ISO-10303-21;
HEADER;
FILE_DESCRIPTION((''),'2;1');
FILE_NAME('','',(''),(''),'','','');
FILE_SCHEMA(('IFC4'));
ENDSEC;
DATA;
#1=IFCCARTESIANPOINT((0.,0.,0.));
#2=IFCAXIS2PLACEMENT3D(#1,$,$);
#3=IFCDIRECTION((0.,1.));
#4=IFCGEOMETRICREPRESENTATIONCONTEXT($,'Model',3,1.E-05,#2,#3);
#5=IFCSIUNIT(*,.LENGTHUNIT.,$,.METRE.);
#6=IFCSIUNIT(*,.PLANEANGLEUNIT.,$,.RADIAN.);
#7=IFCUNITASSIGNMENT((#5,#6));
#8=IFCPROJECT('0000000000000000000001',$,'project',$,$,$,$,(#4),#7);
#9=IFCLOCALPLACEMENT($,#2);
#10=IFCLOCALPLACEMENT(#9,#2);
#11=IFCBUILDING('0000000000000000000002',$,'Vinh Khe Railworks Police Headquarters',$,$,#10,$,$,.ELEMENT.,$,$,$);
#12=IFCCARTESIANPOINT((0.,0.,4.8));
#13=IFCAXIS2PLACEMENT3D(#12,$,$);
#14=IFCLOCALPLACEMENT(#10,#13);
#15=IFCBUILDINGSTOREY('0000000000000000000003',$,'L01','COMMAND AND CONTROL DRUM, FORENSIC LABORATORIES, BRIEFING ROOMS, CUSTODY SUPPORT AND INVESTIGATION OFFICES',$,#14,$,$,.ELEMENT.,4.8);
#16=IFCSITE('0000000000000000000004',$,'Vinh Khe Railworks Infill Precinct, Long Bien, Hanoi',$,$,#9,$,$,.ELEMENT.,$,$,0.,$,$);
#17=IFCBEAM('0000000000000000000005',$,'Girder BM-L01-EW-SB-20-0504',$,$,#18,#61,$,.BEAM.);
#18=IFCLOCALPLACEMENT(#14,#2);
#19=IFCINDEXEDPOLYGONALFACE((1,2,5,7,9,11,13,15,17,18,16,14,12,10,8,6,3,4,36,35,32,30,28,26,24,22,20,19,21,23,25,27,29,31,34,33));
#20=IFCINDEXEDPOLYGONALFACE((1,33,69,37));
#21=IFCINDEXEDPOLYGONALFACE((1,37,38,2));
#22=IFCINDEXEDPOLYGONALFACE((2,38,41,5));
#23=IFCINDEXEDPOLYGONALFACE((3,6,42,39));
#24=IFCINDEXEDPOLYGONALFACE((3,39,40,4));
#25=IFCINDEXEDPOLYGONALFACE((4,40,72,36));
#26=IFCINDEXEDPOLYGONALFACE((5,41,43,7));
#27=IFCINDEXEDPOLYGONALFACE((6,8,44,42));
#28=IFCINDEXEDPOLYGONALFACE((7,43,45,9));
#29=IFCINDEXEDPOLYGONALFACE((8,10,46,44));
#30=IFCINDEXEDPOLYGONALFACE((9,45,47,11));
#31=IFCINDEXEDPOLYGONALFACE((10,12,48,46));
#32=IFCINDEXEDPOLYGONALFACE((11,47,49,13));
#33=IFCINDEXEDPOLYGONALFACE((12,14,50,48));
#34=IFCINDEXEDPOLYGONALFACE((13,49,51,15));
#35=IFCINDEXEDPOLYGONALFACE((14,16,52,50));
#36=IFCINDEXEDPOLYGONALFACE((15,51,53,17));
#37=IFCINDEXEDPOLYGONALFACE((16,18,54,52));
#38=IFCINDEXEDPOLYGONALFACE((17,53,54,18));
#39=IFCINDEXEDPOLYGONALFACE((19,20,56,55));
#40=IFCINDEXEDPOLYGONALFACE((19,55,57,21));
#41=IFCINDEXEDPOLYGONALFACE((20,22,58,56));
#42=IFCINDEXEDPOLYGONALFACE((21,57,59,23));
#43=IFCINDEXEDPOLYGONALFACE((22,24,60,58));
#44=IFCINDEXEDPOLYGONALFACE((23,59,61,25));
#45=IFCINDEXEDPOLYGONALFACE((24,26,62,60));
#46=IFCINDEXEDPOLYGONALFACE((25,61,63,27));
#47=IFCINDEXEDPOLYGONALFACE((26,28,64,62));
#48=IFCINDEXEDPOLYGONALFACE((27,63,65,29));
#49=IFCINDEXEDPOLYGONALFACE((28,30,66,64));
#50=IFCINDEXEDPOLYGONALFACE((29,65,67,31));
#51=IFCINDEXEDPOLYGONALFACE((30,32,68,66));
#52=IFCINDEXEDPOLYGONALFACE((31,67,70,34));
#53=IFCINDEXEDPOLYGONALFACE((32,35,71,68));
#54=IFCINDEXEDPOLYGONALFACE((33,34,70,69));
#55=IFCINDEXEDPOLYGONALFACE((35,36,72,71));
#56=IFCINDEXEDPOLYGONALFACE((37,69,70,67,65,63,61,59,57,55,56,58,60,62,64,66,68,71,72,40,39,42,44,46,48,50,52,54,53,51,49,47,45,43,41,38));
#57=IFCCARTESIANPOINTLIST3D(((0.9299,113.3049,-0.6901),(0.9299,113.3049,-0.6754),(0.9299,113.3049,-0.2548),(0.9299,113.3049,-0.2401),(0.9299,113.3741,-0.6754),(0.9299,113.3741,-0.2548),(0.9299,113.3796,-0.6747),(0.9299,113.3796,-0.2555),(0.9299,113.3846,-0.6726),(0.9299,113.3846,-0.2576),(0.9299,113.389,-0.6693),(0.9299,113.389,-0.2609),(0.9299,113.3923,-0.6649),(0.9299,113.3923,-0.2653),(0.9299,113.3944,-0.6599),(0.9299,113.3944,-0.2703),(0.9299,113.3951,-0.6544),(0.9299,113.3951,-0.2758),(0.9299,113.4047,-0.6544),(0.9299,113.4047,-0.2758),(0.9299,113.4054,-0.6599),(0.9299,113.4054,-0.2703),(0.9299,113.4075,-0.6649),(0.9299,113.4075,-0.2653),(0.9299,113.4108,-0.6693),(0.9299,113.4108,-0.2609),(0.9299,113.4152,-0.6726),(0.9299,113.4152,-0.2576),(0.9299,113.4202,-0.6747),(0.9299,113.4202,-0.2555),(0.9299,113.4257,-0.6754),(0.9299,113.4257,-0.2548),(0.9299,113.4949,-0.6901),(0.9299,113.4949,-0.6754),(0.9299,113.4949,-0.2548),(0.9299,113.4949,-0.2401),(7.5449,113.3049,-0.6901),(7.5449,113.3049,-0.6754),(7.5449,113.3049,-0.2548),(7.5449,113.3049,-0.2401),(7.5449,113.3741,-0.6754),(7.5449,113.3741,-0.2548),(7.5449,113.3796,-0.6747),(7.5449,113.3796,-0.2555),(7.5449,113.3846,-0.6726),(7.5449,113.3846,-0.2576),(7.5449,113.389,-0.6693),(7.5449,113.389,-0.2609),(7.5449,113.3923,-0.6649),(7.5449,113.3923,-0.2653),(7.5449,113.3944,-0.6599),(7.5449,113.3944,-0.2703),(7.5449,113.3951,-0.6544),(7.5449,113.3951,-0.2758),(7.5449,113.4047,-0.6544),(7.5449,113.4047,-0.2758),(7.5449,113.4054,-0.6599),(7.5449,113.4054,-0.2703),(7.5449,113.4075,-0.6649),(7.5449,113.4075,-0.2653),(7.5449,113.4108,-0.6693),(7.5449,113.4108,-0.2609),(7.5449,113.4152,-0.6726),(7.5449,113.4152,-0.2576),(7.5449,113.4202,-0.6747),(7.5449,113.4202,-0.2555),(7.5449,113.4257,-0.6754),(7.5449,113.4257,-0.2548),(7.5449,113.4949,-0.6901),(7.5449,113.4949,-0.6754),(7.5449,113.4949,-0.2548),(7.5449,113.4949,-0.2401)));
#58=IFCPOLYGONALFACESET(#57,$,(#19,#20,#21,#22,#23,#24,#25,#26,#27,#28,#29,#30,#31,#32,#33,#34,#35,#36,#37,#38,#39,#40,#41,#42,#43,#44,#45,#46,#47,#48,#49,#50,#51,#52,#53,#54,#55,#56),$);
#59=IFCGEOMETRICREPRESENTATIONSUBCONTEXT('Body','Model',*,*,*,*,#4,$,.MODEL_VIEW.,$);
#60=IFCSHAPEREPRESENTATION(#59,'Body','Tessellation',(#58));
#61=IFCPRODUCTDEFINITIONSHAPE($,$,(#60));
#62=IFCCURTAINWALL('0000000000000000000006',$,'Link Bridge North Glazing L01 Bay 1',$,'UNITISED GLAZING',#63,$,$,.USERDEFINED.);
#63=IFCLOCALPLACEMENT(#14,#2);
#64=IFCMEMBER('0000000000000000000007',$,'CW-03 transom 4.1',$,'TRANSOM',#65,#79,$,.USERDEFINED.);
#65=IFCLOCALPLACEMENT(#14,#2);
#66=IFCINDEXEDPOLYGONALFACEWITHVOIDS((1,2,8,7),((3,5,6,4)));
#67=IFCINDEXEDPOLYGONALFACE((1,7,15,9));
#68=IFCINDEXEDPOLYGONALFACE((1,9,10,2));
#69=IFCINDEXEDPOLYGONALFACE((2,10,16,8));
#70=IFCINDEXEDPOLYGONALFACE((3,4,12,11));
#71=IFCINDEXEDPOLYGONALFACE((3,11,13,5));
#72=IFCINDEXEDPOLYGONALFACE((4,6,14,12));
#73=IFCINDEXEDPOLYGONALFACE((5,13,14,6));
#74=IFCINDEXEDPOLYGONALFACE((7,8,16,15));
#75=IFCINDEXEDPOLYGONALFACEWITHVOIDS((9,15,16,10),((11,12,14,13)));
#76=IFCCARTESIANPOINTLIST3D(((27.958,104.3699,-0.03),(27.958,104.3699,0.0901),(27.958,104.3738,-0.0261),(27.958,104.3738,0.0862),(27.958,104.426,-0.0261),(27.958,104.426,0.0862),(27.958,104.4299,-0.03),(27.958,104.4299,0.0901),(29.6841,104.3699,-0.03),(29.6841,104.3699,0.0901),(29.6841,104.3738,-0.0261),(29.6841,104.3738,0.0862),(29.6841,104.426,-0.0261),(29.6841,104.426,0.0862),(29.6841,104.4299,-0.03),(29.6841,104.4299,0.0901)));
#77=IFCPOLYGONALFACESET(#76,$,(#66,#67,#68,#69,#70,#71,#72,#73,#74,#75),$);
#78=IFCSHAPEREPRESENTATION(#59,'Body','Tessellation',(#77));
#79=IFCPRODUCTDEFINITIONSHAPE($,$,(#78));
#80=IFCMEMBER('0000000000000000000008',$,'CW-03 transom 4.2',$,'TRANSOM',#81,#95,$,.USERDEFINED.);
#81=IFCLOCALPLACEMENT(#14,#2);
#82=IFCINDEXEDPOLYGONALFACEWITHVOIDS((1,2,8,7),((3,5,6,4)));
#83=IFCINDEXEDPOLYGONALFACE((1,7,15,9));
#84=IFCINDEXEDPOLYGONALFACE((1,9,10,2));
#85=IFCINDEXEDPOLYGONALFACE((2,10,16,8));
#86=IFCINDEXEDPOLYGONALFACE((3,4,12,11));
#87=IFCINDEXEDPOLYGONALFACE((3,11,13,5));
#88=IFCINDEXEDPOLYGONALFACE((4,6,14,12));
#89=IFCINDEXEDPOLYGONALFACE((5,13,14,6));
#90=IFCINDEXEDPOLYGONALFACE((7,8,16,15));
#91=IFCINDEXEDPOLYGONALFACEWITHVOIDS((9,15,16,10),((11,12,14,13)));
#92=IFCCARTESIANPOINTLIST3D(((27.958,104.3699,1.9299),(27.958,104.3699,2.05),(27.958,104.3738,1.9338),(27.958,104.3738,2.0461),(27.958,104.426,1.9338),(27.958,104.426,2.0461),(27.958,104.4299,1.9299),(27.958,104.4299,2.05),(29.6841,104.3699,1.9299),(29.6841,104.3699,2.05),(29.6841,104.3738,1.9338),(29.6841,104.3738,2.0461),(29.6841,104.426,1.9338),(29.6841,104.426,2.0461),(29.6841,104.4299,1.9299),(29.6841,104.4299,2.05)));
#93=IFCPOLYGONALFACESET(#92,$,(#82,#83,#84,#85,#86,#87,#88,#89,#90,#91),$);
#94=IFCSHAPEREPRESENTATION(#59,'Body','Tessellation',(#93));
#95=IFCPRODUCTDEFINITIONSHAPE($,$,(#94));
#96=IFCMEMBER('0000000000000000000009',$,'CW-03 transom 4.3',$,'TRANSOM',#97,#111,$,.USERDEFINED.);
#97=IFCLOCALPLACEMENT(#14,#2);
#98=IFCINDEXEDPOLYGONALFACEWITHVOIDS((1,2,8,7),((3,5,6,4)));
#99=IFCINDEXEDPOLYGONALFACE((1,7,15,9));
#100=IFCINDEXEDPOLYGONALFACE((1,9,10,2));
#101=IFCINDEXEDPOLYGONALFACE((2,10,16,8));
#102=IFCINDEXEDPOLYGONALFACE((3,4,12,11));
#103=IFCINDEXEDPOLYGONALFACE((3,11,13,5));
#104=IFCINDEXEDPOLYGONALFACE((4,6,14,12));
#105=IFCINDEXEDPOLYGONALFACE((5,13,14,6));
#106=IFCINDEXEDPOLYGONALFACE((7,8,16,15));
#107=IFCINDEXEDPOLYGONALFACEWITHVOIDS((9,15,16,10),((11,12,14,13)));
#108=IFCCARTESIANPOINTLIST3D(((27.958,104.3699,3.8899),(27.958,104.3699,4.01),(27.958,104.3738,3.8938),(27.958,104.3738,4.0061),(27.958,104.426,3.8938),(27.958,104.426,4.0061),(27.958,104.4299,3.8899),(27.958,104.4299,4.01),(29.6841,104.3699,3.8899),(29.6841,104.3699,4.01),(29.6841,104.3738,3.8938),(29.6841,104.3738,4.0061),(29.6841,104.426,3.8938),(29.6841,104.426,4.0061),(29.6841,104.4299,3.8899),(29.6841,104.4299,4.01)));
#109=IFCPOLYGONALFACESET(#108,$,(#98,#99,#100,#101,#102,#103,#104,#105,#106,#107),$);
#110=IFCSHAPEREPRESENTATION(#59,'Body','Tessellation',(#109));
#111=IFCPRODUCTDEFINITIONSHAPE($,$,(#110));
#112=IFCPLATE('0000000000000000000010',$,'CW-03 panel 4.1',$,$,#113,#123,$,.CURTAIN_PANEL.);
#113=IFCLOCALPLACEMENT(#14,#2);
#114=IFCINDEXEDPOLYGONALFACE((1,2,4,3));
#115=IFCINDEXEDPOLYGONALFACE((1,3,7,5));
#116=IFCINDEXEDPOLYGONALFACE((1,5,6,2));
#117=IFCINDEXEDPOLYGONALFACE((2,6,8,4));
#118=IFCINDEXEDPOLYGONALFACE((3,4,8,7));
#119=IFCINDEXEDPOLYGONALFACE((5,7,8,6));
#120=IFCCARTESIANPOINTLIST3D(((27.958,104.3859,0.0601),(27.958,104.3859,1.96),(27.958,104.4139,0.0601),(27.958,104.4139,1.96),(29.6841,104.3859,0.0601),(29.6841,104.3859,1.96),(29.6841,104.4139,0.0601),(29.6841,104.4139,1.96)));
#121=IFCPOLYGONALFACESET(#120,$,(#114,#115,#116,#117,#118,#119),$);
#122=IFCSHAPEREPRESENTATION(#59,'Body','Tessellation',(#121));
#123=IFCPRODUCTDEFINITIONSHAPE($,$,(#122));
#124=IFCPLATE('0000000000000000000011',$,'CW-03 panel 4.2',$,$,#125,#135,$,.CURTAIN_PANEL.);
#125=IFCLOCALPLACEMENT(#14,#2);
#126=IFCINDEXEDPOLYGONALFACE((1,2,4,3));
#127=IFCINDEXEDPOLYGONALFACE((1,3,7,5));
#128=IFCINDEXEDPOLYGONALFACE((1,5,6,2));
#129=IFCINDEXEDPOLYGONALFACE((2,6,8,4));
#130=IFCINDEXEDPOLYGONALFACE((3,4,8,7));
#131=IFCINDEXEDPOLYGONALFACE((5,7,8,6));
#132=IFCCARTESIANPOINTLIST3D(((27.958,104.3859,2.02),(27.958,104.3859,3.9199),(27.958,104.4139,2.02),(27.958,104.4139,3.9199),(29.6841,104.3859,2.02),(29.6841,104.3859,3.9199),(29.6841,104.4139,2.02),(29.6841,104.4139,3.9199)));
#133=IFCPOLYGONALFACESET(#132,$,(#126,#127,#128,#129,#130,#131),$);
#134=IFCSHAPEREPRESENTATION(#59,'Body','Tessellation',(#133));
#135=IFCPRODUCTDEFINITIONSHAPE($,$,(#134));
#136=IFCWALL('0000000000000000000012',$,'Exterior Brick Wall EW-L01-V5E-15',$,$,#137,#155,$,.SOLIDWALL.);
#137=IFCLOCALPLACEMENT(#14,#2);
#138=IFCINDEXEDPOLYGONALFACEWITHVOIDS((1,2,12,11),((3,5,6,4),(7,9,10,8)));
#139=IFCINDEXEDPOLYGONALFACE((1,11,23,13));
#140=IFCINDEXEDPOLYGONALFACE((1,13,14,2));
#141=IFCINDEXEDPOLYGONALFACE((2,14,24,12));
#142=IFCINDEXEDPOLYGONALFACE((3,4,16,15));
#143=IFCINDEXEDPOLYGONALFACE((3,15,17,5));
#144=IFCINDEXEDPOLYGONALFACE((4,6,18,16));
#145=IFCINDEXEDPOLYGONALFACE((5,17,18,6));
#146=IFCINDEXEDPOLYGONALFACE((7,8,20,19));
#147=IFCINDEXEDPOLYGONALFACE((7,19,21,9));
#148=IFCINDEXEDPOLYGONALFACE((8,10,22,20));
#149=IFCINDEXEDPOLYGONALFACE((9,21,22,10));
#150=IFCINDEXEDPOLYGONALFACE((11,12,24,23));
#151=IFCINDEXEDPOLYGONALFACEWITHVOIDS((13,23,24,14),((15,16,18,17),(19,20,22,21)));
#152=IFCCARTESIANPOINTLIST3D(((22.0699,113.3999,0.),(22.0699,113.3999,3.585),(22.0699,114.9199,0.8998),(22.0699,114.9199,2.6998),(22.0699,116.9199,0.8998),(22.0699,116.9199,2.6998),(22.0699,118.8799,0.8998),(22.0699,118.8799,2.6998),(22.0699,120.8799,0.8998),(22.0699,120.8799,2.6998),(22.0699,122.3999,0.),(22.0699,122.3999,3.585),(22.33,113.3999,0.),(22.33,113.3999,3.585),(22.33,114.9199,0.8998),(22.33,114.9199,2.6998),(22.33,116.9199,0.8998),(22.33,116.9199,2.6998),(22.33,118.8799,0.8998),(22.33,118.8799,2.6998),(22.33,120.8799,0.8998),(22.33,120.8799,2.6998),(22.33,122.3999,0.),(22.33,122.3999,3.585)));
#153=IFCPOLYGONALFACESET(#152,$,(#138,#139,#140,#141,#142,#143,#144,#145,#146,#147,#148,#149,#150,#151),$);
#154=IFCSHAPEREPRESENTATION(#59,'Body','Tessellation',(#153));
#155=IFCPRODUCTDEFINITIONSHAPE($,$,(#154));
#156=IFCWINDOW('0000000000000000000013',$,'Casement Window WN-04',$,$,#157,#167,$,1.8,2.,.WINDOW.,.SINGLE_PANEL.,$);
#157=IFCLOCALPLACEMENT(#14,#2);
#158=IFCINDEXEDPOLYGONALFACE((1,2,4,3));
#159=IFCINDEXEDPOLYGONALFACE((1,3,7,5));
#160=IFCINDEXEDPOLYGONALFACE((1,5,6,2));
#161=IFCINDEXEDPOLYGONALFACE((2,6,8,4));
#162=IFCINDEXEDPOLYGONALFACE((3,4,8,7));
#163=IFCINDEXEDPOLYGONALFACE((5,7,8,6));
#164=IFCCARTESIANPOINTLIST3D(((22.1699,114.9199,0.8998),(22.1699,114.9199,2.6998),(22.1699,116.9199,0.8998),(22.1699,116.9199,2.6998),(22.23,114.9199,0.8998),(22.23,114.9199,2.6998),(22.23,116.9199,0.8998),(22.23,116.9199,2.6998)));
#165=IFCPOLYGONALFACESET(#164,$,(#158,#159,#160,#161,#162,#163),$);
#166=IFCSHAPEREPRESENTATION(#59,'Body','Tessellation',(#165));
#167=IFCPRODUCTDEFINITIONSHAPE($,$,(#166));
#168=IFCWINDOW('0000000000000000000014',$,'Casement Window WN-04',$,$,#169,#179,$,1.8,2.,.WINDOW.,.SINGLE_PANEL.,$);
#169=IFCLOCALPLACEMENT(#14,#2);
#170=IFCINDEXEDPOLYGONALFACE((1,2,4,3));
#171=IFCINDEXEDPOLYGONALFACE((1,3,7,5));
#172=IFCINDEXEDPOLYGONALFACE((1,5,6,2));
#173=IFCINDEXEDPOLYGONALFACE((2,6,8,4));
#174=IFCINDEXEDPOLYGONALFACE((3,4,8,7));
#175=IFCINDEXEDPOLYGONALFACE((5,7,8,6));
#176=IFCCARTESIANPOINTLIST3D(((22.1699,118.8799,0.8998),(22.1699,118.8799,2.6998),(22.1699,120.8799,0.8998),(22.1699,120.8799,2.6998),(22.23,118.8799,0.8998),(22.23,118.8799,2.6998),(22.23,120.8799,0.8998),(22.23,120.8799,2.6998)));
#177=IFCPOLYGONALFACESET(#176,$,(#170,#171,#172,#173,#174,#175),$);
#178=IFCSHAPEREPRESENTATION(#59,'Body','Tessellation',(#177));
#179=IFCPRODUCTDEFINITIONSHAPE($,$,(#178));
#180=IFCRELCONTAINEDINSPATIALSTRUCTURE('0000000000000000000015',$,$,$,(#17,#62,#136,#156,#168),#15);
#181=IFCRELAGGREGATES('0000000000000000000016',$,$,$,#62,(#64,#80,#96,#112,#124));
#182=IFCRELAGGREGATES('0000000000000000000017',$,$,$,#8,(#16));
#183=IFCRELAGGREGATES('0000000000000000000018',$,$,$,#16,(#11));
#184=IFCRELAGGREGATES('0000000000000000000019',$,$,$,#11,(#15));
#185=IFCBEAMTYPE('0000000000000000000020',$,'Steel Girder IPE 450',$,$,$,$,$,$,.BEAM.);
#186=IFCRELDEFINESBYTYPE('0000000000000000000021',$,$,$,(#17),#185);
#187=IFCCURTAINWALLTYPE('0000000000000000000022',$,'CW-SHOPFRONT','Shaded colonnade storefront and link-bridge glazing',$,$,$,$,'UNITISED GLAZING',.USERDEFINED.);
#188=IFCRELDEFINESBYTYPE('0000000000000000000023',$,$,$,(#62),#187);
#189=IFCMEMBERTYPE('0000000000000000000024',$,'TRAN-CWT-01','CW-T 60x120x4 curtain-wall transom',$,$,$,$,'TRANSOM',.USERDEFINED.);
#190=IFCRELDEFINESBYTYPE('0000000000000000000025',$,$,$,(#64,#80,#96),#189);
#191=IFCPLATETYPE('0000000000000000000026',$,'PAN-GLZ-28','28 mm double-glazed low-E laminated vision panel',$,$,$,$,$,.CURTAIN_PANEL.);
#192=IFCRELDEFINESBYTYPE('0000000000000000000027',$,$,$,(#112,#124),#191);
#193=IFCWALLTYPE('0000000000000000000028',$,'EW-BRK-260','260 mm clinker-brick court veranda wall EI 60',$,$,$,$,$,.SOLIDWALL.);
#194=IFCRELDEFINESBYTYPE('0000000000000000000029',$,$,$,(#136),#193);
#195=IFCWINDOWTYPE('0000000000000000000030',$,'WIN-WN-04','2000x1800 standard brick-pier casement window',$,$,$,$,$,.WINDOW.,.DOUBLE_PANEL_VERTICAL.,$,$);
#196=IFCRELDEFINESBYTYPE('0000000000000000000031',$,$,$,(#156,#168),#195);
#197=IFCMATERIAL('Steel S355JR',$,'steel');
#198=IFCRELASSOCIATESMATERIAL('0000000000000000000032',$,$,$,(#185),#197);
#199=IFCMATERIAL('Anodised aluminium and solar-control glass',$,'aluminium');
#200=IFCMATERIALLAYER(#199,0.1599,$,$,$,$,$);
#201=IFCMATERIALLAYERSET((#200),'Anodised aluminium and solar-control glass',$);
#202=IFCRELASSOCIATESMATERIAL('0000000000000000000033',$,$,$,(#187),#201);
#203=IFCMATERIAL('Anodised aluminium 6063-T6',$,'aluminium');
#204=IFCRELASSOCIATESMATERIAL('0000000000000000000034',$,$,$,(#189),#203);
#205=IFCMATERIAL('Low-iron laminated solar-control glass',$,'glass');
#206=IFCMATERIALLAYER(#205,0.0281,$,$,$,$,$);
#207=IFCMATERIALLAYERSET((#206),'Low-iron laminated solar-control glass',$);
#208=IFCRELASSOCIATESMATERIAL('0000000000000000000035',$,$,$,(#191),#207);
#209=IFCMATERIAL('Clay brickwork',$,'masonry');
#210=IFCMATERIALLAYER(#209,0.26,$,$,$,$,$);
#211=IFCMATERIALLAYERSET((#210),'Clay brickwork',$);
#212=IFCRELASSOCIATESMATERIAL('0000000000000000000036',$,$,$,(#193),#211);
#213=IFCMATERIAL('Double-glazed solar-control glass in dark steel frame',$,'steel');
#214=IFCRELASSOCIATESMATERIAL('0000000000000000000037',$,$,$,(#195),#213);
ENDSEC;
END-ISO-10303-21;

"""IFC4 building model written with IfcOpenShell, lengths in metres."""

from ifc_helpers import new_model, si_unit, direction, frame, frame_2d, origin, origin_2d, place, context, subcontext, project, spatial, rectangle, hollow_rectangle, i_section, extrude, material, layer, layer_set, material_profile, profile_set, type_object, element, fill, aggregate, save


model = new_model("IFC4")

# Units and contexts
model_context = context("Model", 3, precision=1e-05, world=origin(), true_north=direction((0.0, 1.0)))
body_context = subcontext(model_context, "Body", "Model", "MODEL_VIEW")
ifc_project = project(units=[si_unit("LENGTHUNIT", "METRE"), si_unit("PLANEANGLEUNIT", "RADIAN")], contexts=[model_context])

# Site, building, storey
site_placement = place(None, origin())
site = spatial("IfcSite", under=ifc_project, at=site_placement, Name="Vinh Khe Railworks Infill Precinct, Long Bien, Hanoi", CompositionType="ELEMENT", RefElevation=0.0)
building_placement = place(site_placement, origin())
building = spatial("IfcBuilding", under=site, at=building_placement, Name="Vinh Khe Railworks Police Headquarters", CompositionType="ELEMENT")
storey_placement = place(building_placement, frame((0.0, 0.0, 4.8)))
storey = spatial("IfcBuildingStorey", under=building, at=storey_placement, Name="L01", Description="COMMAND AND CONTROL DRUM, FORENSIC LABORATORIES, BRIEFING ROOMS, CUSTODY SUPPORT AND INVESTIGATION OFFICES", CompositionType="ELEMENT", Elevation=4.8)

# Beam
ifc_material_1 = material(Name="Steel S355JR", Category="steel")
ifc_material_profile_1 = material_profile(ifc_material_1, i_section(OverallWidth=0.1899, OverallDepth=0.45, WebThickness=0.0095, FlangeThickness=0.0146, FilletRadius=0.021, at=origin_2d()), Name="IPE 450")
ifc_profile_set_1 = profile_set([ifc_material_profile_1], Name="Steel S355JR")
beam_type_1 = type_object("IfcBeamType", Name="Steel Girder IPE 450", PredefinedType="BEAM", material=ifc_profile_set_1)
beam_1_placement = place(storey_placement, frame((0.9299, 113.3999, -0.4651), z_axis=(1.0, 0.0, 0.0), x_axis=(0.0, 1.0, 0.0)))
element("IfcBeam", 1, at=beam_1_placement, inside=storey, type_object=beam_type_1, Name="Girder BM-L01-EW-SB-20-0504", PredefinedType="BEAM", context=body_context, shape_type="SweptSolid", body=[
    extrude(i_section(OverallWidth=0.1899, OverallDepth=0.45, WebThickness=0.0095, FlangeThickness=0.0146, FilletRadius=0.021, at=origin_2d()), origin(), (0.0, 0.0, 1.0), 6.615),
])

# Curtain wall, members, plates
ifc_material_2 = material(Name="Anodised aluminium and solar-control glass", Category="aluminium")
ifc_layer_1 = layer(ifc_material_2, 0.1599)
ifc_layer_set_1 = layer_set([ifc_layer_1], Name="Anodised aluminium and solar-control glass")
curtain_wall_type = type_object("IfcCurtainWallType", Name="CW-SHOPFRONT", Description="Shaded colonnade storefront and link-bridge glazing", ElementType="UNITISED GLAZING", PredefinedType="USERDEFINED", material=ifc_layer_set_1)
curtain_wall_placement = place(storey_placement, origin())
curtain_wall = element("IfcCurtainWall", 2, at=curtain_wall_placement, inside=storey, type_object=curtain_wall_type, Name="Link Bridge North Glazing L01 Bay 1", ObjectType="UNITISED GLAZING", PredefinedType="USERDEFINED")
ifc_material_3 = material(Name="Anodised aluminium 6063-T6", Category="aluminium")
ifc_material_profile_2 = material_profile(ifc_material_3, hollow_rectangle(XDim=0.0601, YDim=0.1201, WallThickness=0.0039, at=origin_2d()), Name="CW-T 60x120x4")
ifc_profile_set_2 = profile_set([ifc_material_profile_2], Name="Anodised aluminium 6063-T6")
member_type = type_object("IfcMemberType", Name="TRAN-CWT-01", Description="CW-T 60x120x4 curtain-wall transom", ElementType="TRANSOM", PredefinedType="USERDEFINED", material=ifc_profile_set_2)
member_1_placement = place(storey_placement, frame((27.958, 104.3999, 0.03), z_axis=(1.0, 0.0, 0.0), x_axis=(0.0, 1.0, 0.0)))
member_1 = element("IfcMember", 3, at=member_1_placement, type_object=member_type, Name="CW-03 transom 4.1", ObjectType="TRANSOM", PredefinedType="USERDEFINED", context=body_context, shape_type="SweptSolid", body=[
    extrude(hollow_rectangle(XDim=0.0601, YDim=0.1201, WallThickness=0.0039, at=origin_2d()), origin(), (0.0, 0.0, 1.0), 1.7261),
])
member_2_placement = place(storey_placement, frame((27.958, 104.3999, 1.99), z_axis=(1.0, 0.0, 0.0), x_axis=(0.0, 1.0, 0.0)))
member_2 = element("IfcMember", 4, at=member_2_placement, type_object=member_type, Name="CW-03 transom 4.2", ObjectType="TRANSOM", PredefinedType="USERDEFINED", context=body_context, shape_type="SweptSolid", body=[
    extrude(hollow_rectangle(XDim=0.0601, YDim=0.1201, WallThickness=0.0039, at=origin_2d()), origin(), (0.0, 0.0, 1.0), 1.7261),
])
member_3_placement = place(storey_placement, frame((27.958, 104.3999, 3.95), z_axis=(1.0, 0.0, 0.0), x_axis=(0.0, 1.0, 0.0)))
member_3 = element("IfcMember", 5, at=member_3_placement, type_object=member_type, Name="CW-03 transom 4.3", ObjectType="TRANSOM", PredefinedType="USERDEFINED", context=body_context, shape_type="SweptSolid", body=[
    extrude(hollow_rectangle(XDim=0.0601, YDim=0.1201, WallThickness=0.0039, at=origin_2d()), origin(), (0.0, 0.0, 1.0), 1.7261),
])
ifc_material_4 = material(Name="Low-iron laminated solar-control glass", Category="glass")
ifc_layer_2 = layer(ifc_material_4, 0.0281)
ifc_layer_set_2 = layer_set([ifc_layer_2], Name="Low-iron laminated solar-control glass")
plate_type = type_object("IfcPlateType", Name="PAN-GLZ-28", Description="28 mm double-glazed low-E laminated vision panel", PredefinedType="CURTAIN_PANEL", material=ifc_layer_set_2)
plate_1_placement = place(storey_placement, frame((28.821, 104.3999, 0.0601), z_axis=(0.0, 0.0, 1.0), x_axis=(1.0, 0.0, 0.0)))
plate_1 = element("IfcPlate", 6, at=plate_1_placement, type_object=plate_type, Name="CW-03 panel 4.1", PredefinedType="CURTAIN_PANEL", context=body_context, shape_type="SweptSolid", body=[
    extrude(rectangle(XDim=1.7261, YDim=0.0281, at=origin_2d()), origin(), (0.0, 0.0, 1.0), 1.8999),
])
plate_2_placement = place(storey_placement, frame((28.821, 104.3999, 2.02), z_axis=(0.0, 0.0, 1.0), x_axis=(1.0, 0.0, 0.0)))
plate_2 = element("IfcPlate", 7, at=plate_2_placement, type_object=plate_type, Name="CW-03 panel 4.2", PredefinedType="CURTAIN_PANEL", context=body_context, shape_type="SweptSolid", body=[
    extrude(rectangle(XDim=1.7261, YDim=0.0281, at=origin_2d()), origin(), (0.0, 0.0, 1.0), 1.8999),
])
aggregate(curtain_wall, [member_1, member_2, member_3, plate_1, plate_2])

# Wall, openings, windows
ifc_material_5 = material(Name="Clay brickwork", Category="masonry")
ifc_layer_3 = layer(ifc_material_5, 0.26)
ifc_layer_set_3 = layer_set([ifc_layer_3], Name="Clay brickwork")
wall_type_1 = type_object("IfcWallType", Name="EW-BRK-260", Description="260 mm clinker-brick court veranda wall EI 60", PredefinedType="SOLIDWALL", material=ifc_layer_set_3)
wall_1_placement = place(storey_placement, frame((22.2, 113.3999, 0.0), z_axis=(0.0, 0.0, 1.0), x_axis=(0.0, 1.0, 0.0)))
wall_1 = element("IfcWall", 8, at=wall_1_placement, inside=storey, type_object=wall_type_1, Name="Exterior Brick Wall EW-L01-V5E-15", PredefinedType="SOLIDWALL", context=body_context, shape_type="SweptSolid", body=[
    extrude(rectangle(XDim=9.0, YDim=0.26, at=frame_2d((4.5, 0.0))), origin(), (0.0, 0.0, 1.0), 3.585),
])
opening_1_placement = place(wall_1_placement, frame((1.52, 0.0, 0.8999)))
opening_1 = element("IfcOpeningElement", 9, at=opening_1_placement, cuts=wall_1, PredefinedType="OPENING", context=body_context, shape_type="SweptSolid", body=[
    extrude(rectangle(XDim=2.0, YDim=1.8, at=frame_2d((1.0, 0.8999))), frame((0.0, 0.145, 0.0), z_axis=(0.0, -1.0, 0.0), x_axis=(1.0, 0.0, 0.0)), (0.0, 0.0, 1.0), 0.2898),
])
opening_2_placement = place(wall_1_placement, frame((5.48, 0.0, 0.8999)))
opening_2 = element("IfcOpeningElement", 10, at=opening_2_placement, cuts=wall_1, PredefinedType="OPENING", context=body_context, shape_type="SweptSolid", body=[
    extrude(rectangle(XDim=2.0, YDim=1.8, at=frame_2d((1.0, 0.8999))), frame((0.0, 0.145, 0.0), z_axis=(0.0, -1.0, 0.0), x_axis=(1.0, 0.0, 0.0)), (0.0, 0.0, 1.0), 0.2898),
])
ifc_material_6 = material(Name="Double-glazed solar-control glass in dark steel frame", Category="steel")
window_type = type_object("IfcWindowType", Name="WIN-WN-04", Description="2000x1800 standard brick-pier casement window", PartitioningType="DOUBLE_PANEL_VERTICAL", PredefinedType="WINDOW", material=ifc_material_6)
window_1_placement = place(opening_1_placement, origin())
window_1 = element("IfcWindow", 11, at=window_1_placement, inside=storey, type_object=window_type, Name="Casement Window WN-04", OverallHeight=1.8, OverallWidth=2.0, PartitioningType="SINGLE_PANEL", PredefinedType="WINDOW", context=body_context, shape_type="SweptSolid", body=[
    extrude(rectangle(XDim=2.0, YDim=1.8, at=frame_2d((1.0, 0.8999))), frame((0.0, 0.03, 0.0), z_axis=(0.0, -1.0, 0.0), x_axis=(1.0, 0.0, 0.0)), (0.0, 0.0, 1.0), 0.0601),
])
fill(opening_1, window_1)
window_2_placement = place(opening_2_placement, origin())
window_2 = element("IfcWindow", 12, at=window_2_placement, inside=storey, type_object=window_type, Name="Casement Window WN-04", OverallHeight=1.8, OverallWidth=2.0, PartitioningType="SINGLE_PANEL", PredefinedType="WINDOW", context=body_context, shape_type="SweptSolid", body=[
    extrude(rectangle(XDim=2.0, YDim=1.8, at=frame_2d((1.0, 0.8999))), frame((0.0, 0.03, 0.0), z_axis=(0.0, -1.0, 0.0), x_axis=(1.0, 0.0, 0.0)), (0.0, 0.0, 1.0), 0.0601),
])
fill(opening_2, window_2)

save(model, "model.ifc")
